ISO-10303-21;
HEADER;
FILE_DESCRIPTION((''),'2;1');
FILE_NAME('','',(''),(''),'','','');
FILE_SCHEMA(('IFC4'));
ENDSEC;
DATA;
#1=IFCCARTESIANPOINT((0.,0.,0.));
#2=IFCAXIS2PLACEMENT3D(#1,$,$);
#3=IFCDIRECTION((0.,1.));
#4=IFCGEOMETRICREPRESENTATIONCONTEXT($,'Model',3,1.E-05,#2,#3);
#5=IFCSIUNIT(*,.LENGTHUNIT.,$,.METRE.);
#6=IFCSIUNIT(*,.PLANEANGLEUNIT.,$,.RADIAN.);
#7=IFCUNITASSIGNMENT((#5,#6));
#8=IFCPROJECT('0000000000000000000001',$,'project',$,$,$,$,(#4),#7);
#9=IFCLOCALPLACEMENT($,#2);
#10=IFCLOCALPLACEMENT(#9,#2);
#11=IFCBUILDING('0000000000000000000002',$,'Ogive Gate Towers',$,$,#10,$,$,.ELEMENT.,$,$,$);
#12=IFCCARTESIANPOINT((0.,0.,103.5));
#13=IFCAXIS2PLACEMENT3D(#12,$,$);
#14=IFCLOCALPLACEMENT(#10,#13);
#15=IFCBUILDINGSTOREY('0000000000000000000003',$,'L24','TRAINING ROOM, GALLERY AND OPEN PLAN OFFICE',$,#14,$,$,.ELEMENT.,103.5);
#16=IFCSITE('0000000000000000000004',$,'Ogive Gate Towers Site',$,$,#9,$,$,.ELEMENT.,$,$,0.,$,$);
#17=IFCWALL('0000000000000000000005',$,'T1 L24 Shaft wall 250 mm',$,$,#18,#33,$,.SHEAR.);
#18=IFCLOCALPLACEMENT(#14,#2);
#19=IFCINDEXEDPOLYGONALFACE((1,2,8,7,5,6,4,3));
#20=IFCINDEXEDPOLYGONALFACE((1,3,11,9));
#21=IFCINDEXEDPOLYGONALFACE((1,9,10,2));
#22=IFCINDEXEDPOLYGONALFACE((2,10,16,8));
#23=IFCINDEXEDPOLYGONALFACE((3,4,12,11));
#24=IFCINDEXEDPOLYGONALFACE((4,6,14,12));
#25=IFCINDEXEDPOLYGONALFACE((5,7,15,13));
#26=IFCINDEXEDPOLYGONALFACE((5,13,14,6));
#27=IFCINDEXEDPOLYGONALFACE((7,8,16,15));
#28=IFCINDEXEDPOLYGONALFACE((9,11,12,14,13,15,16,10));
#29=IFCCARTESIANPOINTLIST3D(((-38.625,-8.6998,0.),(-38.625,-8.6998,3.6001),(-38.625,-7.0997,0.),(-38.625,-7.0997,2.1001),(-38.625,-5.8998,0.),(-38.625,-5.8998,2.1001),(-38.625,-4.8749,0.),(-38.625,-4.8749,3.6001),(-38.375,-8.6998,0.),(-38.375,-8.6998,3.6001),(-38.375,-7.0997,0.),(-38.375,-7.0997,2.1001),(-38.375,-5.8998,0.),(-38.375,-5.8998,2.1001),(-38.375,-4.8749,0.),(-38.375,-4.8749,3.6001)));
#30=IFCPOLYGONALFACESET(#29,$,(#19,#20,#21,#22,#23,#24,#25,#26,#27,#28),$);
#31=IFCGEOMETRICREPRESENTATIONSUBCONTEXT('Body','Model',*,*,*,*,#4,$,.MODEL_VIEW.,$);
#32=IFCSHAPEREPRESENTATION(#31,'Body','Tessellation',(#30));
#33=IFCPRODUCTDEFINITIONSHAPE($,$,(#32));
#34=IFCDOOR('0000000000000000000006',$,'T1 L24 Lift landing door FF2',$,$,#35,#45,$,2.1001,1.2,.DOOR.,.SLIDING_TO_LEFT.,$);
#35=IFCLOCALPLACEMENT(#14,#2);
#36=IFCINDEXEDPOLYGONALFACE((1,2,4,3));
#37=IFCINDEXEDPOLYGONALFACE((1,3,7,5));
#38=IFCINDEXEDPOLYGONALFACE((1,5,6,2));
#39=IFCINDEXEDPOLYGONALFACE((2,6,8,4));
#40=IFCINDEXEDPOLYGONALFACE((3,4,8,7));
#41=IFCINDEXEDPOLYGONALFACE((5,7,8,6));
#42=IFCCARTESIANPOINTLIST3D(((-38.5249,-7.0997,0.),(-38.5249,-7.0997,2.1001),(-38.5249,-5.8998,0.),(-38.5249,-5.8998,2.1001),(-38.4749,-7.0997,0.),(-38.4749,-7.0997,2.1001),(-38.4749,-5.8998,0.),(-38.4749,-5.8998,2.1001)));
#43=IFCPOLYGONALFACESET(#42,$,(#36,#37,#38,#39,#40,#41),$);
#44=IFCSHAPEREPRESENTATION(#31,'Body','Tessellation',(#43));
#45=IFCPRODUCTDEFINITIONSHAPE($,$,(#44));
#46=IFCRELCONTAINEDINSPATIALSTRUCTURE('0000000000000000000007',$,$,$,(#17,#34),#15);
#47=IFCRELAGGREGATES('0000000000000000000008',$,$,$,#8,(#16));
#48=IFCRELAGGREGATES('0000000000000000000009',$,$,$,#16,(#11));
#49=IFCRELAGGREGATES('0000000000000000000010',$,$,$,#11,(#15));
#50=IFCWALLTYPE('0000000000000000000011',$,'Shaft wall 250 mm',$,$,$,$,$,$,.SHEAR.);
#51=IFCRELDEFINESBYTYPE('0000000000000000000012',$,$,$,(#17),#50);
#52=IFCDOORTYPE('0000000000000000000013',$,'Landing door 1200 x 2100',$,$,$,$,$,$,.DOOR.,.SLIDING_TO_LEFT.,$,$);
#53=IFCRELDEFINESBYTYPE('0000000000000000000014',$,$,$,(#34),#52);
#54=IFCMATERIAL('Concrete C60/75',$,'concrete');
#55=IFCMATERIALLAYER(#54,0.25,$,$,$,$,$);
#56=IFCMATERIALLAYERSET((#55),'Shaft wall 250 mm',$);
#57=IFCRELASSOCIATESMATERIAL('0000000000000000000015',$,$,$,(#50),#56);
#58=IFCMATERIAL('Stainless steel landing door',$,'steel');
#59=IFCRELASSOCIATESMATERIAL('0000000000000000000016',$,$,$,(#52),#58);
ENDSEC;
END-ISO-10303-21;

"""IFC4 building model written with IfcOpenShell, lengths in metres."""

from ifc_helpers import new_model, si_unit, direction, frame, frame_2d, origin, place, context, subcontext, project, spatial, rectangle, extrude, material, layer, layer_set, type_object, element, fill, save


model = new_model("IFC4")

# Units and contexts
model_context = context("Model", 3, precision=1e-05, world=origin(), true_north=direction((0.0, 1.0)))
body_context = subcontext(model_context, "Body", "Model", "MODEL_VIEW")
ifc_project = project(units=[si_unit("LENGTHUNIT", "METRE"), si_unit("PLANEANGLEUNIT", "RADIAN")], contexts=[model_context])

# Site, building, storey
site_placement = place(None, origin())
site = spatial("IfcSite", under=ifc_project, at=site_placement, Name="Ogive Gate Towers Site", CompositionType="ELEMENT", RefElevation=0.0)
building_placement = place(site_placement, origin())
building = spatial("IfcBuilding", under=site, at=building_placement, Name="Ogive Gate Towers", CompositionType="ELEMENT")
storey_placement = place(building_placement, frame((0.0, 0.0, 103.5)))
storey = spatial("IfcBuildingStorey", under=building, at=storey_placement, Name="L24", Description="TRAINING ROOM, GALLERY AND OPEN PLAN OFFICE", CompositionType="ELEMENT", Elevation=103.5)

# Shared definitions
ifc_material_1 = material(Name="Concrete C60/75", Category="concrete")

# Shared definitions
ifc_layer_1 = layer(ifc_material_1, 0.25)
ifc_layer_set_1 = layer_set([ifc_layer_1], Name="Shaft wall 250 mm")
wall_type_1 = type_object("IfcWallType", Name="Shaft wall 250 mm", PredefinedType="SHEAR", material=ifc_layer_set_1)

# Wall, opening, door
wall_1_placement = place(storey_placement, frame((-38.5, -8.7, 0.0), z_axis=(0.0, 0.0, 1.0), x_axis=(0.0, 1.0, 0.0)))
wall_1 = element("IfcWall", 1, at=wall_1_placement, inside=storey, type_object=wall_type_1, Name="T1 L24 Shaft wall 250 mm", PredefinedType="SHEAR", context=body_context, shape_type="SweptSolid", body=[
    extrude(rectangle(XDim=3.825, YDim=0.25, at=frame_2d((1.9126, 0.0))), origin(), (0.0, 0.0, 1.0), 3.6001),
])
opening_1_placement = place(wall_1_placement, frame((1.6001, 0.0, 0.0)))
opening_1 = element("IfcOpeningElement", 2, at=opening_1_placement, cuts=wall_1, PredefinedType="OPENING", context=body_context, shape_type="SweptSolid", body=[
    extrude(rectangle(XDim=1.2, YDim=2.1001, at=frame_2d((0.6001, 1.05))), frame((0.0, 0.135, 0.0), z_axis=(0.0, -1.0, 0.0), x_axis=(1.0, 0.0, 0.0)), (0.0, 0.0, 1.0), 0.27),
])
ifc_material_2 = material(Name="Stainless steel landing door", Category="steel")
door_type_1 = type_object("IfcDoorType", Name="Landing door 1200 x 2100", OperationType="SLIDING_TO_LEFT", PredefinedType="DOOR", material=ifc_material_2)
door_1_placement = place(opening_1_placement, origin())
door_1 = element("IfcDoor", 3, at=door_1_placement, inside=storey, type_object=door_type_1, Name="T1 L24 Lift landing door FF2", OperationType="SLIDING_TO_LEFT", OverallHeight=2.1001, OverallWidth=1.2, PredefinedType="DOOR", context=body_context, shape_type="SweptSolid", body=[
    extrude(rectangle(XDim=1.2, YDim=2.1001, at=frame_2d((0.6001, 1.05))), frame((0.0, 0.0249, 0.0), z_axis=(0.0, -1.0, 0.0), x_axis=(1.0, 0.0, 0.0)), (0.0, 0.0, 1.0), 0.05),
])
fill(opening_1, door_1)

save(model, "model.ifc")
